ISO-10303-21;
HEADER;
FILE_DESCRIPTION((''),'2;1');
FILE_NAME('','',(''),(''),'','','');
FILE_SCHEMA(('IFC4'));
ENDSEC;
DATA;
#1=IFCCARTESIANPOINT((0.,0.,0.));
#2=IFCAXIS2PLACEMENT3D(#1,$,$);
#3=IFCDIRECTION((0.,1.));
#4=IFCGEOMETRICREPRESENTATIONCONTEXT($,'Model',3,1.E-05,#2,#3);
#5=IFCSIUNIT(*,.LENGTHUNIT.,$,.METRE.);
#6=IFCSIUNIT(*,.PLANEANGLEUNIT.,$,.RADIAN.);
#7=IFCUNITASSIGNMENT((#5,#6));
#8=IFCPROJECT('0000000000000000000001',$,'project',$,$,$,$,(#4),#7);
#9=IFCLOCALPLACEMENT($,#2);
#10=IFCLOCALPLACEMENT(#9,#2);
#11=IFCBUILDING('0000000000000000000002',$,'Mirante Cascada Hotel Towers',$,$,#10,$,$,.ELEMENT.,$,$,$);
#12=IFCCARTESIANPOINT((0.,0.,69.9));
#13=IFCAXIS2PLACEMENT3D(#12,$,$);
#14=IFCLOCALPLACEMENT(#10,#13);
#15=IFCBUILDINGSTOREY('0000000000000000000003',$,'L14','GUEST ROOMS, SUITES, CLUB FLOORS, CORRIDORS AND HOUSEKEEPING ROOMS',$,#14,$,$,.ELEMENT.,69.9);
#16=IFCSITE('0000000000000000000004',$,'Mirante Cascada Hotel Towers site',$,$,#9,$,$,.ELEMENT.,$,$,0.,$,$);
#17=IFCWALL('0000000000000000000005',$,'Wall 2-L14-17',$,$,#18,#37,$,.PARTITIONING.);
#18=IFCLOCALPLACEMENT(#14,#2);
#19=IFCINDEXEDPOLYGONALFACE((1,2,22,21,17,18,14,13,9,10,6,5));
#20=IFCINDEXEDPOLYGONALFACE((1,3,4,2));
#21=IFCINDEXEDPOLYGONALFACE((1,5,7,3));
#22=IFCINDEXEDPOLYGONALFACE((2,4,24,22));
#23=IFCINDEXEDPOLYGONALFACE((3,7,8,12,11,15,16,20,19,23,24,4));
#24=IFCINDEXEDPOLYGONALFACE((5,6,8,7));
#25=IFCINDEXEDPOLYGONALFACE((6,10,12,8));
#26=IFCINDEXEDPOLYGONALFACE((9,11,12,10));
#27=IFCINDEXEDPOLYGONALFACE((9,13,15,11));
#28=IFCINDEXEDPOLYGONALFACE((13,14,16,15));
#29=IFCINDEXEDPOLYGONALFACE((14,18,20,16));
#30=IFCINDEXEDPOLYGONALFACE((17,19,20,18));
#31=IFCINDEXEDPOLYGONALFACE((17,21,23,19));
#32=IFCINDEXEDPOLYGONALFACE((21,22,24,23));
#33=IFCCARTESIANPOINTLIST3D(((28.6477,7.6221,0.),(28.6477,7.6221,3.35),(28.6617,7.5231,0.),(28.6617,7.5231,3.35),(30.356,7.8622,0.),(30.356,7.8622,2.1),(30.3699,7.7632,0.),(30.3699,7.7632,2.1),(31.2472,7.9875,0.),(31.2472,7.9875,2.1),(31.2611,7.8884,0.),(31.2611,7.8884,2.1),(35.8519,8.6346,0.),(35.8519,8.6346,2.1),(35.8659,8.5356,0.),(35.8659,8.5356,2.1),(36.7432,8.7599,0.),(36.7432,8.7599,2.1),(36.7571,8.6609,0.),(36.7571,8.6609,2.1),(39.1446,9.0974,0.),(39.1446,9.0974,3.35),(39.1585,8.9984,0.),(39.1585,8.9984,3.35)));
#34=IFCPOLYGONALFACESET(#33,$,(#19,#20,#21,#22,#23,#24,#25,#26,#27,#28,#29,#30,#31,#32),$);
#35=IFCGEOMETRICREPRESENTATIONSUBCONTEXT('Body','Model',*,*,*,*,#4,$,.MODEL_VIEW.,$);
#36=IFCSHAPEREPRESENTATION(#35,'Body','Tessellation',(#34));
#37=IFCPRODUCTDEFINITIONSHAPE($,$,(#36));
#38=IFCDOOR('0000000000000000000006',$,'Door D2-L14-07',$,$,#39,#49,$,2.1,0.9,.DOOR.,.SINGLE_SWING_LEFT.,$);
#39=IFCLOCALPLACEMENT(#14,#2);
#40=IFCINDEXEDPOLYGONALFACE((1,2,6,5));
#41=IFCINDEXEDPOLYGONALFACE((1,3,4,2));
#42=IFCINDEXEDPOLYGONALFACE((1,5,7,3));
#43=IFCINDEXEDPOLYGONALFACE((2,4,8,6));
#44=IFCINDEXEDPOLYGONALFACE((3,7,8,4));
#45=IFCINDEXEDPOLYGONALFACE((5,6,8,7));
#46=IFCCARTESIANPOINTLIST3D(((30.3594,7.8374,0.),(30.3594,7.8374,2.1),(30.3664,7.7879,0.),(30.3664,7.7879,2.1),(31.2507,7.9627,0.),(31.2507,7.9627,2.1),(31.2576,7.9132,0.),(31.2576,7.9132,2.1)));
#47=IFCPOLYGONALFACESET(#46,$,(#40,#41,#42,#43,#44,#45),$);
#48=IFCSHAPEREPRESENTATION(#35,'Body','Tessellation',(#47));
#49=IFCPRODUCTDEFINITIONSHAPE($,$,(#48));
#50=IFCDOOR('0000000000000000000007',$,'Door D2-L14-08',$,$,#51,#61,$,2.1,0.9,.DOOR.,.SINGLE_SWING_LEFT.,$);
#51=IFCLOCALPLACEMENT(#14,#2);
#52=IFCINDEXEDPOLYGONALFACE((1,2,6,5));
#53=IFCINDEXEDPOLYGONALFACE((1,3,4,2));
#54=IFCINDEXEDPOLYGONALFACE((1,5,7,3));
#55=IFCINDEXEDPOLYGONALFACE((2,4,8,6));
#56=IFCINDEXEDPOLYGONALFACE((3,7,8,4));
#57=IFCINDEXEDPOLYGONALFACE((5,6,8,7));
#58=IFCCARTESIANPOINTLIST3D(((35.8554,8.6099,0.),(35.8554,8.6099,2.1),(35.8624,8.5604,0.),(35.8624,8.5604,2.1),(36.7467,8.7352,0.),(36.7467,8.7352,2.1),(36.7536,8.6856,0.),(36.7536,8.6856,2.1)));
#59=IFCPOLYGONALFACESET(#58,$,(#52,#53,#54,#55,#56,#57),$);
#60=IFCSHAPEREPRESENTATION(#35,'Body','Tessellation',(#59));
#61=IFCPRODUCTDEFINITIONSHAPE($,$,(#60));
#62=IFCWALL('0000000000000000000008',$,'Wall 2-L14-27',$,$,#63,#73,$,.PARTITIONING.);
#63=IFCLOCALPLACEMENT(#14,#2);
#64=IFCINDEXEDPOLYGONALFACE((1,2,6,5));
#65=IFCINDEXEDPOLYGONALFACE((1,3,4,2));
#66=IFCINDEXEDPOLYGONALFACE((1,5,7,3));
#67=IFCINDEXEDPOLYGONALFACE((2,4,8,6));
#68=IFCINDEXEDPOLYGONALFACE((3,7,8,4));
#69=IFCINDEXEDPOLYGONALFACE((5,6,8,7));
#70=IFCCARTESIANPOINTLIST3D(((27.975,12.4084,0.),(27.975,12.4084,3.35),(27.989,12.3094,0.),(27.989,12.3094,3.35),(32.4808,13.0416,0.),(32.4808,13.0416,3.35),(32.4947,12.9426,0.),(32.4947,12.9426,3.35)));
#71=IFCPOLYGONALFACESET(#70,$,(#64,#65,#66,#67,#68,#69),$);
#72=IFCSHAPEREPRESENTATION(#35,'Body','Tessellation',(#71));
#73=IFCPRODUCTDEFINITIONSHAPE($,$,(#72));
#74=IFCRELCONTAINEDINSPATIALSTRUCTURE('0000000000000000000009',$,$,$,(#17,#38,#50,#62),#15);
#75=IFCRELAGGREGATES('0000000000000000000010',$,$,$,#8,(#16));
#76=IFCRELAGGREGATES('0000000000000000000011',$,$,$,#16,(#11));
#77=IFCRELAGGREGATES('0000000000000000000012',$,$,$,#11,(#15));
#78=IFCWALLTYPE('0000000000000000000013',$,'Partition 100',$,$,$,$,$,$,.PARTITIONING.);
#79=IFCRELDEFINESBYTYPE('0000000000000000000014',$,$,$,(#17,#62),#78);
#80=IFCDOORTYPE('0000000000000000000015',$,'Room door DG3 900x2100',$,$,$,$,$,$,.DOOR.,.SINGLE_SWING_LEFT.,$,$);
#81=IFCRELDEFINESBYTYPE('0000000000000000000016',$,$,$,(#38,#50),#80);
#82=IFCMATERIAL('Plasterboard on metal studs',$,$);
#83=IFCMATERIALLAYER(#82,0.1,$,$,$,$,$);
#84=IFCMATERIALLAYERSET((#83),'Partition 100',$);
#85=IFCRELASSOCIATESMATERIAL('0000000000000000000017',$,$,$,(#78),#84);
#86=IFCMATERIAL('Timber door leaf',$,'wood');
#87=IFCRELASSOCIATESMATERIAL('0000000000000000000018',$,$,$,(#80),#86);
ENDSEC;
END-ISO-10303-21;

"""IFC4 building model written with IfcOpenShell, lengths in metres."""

from ifc_helpers import new_model, si_unit, direction, frame, frame_2d, origin, place, context, subcontext, project, spatial, rectangle, extrude, material, layer, layer_set, type_object, element, fill, save


model = new_model("IFC4")

# Units and contexts
model_context = context("Model", 3, precision=1e-05, world=origin(), true_north=direction((0.0, 1.0)))
body_context = subcontext(model_context, "Body", "Model", "MODEL_VIEW")
ifc_project = project(units=[si_unit("LENGTHUNIT", "METRE"), si_unit("PLANEANGLEUNIT", "RADIAN")], contexts=[model_context])

# Site, building, storey
site_placement = place(None, origin())
site = spatial("IfcSite", under=ifc_project, at=site_placement, Name="Mirante Cascada Hotel Towers site", CompositionType="ELEMENT", RefElevation=0.0)
building_placement = place(site_placement, origin())
building = spatial("IfcBuilding", under=site, at=building_placement, Name="Mirante Cascada Hotel Towers", CompositionType="ELEMENT")
storey_placement = place(building_placement, frame((0.0, 0.0, 69.9)))
storey = spatial("IfcBuildingStorey", under=building, at=storey_placement, Name="L14", Description="GUEST ROOMS, SUITES, CLUB FLOORS, CORRIDORS AND HOUSEKEEPING ROOMS", CompositionType="ELEMENT", Elevation=69.9)

# Wall, openings, doors
ifc_material_1 = material(Name="Plasterboard on metal studs")
ifc_layer_1 = layer(ifc_material_1, 0.1)
ifc_layer_set_1 = layer_set([ifc_layer_1], Name="Partition 100")
wall_type = type_object("IfcWallType", Name="Partition 100", PredefinedType="PARTITIONING", material=ifc_layer_set_1)
wall_1_placement = place(storey_placement, frame((28.6547, 7.5726, 0.0), z_axis=(0.0, 0.0, 1.0), x_axis=(0.990267, 0.13918, 0.0)))
wall_1 = element("IfcWall", 1, at=wall_1_placement, inside=storey, type_object=wall_type, Name="Wall 2-L14-17", PredefinedType="PARTITIONING", context=body_context, shape_type="SweptSolid", body=[
    extrude(rectangle(XDim=10.6, YDim=0.1, at=frame_2d((5.3, 0.0))), origin(), (0.0, 0.0, 1.0), 3.35),
])
opening_1_placement = place(wall_1_placement, frame((1.725, 0.0, 0.0)))
opening_1 = element("IfcOpeningElement", 2, at=opening_1_placement, cuts=wall_1, PredefinedType="OPENING", context=body_context, shape_type="SweptSolid", body=[
    extrude(rectangle(XDim=0.9, YDim=2.1, at=frame_2d((0.45, 1.05))), frame((0.0, 0.05, 0.0), z_axis=(0.0, -1.0, 0.0), x_axis=(1.0, 0.0, 0.0)), (0.0, 0.0, 1.0), 0.1),
])
opening_2_placement = place(wall_1_placement, frame((7.275, 0.0, 0.0)))
opening_2 = element("IfcOpeningElement", 3, at=opening_2_placement, cuts=wall_1, PredefinedType="OPENING", context=body_context, shape_type="SweptSolid", body=[
    extrude(rectangle(XDim=0.9, YDim=2.1, at=frame_2d((0.45, 1.05))), frame((0.0, 0.05, 0.0), z_axis=(0.0, -1.0, 0.0), x_axis=(1.0, 0.0, 0.0)), (0.0, 0.0, 1.0), 0.1),
])
ifc_material_2 = material(Name="Timber door leaf", Category="wood")
door_type = type_object("IfcDoorType", Name="Room door DG3 900x2100", OperationType="SINGLE_SWING_LEFT", PredefinedType="DOOR", material=ifc_material_2)
door_1_placement = place(opening_1_placement, origin())
door_1 = element("IfcDoor", 4, at=door_1_placement, inside=storey, type_object=door_type, Name="Door D2-L14-07", OperationType="SINGLE_SWING_LEFT", OverallHeight=2.1, OverallWidth=0.9, PredefinedType="DOOR", context=body_context, shape_type="SweptSolid", body=[
    extrude(rectangle(XDim=0.9, YDim=2.1, at=frame_2d((0.45, 1.05))), frame((0.0, 0.025, 0.0), z_axis=(0.0, -1.0, 0.0), x_axis=(1.0, 0.0, 0.0)), (0.0, 0.0, 1.0), 0.05),
])
fill(opening_1, door_1)
door_2_placement = place(opening_2_placement, origin())
door_2 = element("IfcDoor", 5, at=door_2_placement, inside=storey, type_object=door_type, Name="Door D2-L14-08", OperationType="SINGLE_SWING_LEFT", OverallHeight=2.1, OverallWidth=0.9, PredefinedType="DOOR", context=body_context, shape_type="SweptSolid", body=[
    extrude(rectangle(XDim=0.9, YDim=2.1, at=frame_2d((0.45, 1.05))), frame((0.0, 0.025, 0.0), z_axis=(0.0, -1.0, 0.0), x_axis=(1.0, 0.0, 0.0)), (0.0, 0.0, 1.0), 0.05),
])
fill(opening_2, door_2)

# Wall
wall_2_placement = place(storey_placement, frame((27.982, 12.3589, 0.0), z_axis=(0.0, 0.0, 1.0), x_axis=(0.990269, 0.139166, 0.0)))
element("IfcWall", 6, at=wall_2_placement, inside=storey, type_object=wall_type, Name="Wall 2-L14-27", PredefinedType="PARTITIONING", context=body_context, shape_type="SweptSolid", body=[
    extrude(rectangle(XDim=4.55, YDim=0.1, at=frame_2d((2.275, 0.0))), origin(), (0.0, 0.0, 1.0), 3.35),
])

save(model, "model.ifc")
